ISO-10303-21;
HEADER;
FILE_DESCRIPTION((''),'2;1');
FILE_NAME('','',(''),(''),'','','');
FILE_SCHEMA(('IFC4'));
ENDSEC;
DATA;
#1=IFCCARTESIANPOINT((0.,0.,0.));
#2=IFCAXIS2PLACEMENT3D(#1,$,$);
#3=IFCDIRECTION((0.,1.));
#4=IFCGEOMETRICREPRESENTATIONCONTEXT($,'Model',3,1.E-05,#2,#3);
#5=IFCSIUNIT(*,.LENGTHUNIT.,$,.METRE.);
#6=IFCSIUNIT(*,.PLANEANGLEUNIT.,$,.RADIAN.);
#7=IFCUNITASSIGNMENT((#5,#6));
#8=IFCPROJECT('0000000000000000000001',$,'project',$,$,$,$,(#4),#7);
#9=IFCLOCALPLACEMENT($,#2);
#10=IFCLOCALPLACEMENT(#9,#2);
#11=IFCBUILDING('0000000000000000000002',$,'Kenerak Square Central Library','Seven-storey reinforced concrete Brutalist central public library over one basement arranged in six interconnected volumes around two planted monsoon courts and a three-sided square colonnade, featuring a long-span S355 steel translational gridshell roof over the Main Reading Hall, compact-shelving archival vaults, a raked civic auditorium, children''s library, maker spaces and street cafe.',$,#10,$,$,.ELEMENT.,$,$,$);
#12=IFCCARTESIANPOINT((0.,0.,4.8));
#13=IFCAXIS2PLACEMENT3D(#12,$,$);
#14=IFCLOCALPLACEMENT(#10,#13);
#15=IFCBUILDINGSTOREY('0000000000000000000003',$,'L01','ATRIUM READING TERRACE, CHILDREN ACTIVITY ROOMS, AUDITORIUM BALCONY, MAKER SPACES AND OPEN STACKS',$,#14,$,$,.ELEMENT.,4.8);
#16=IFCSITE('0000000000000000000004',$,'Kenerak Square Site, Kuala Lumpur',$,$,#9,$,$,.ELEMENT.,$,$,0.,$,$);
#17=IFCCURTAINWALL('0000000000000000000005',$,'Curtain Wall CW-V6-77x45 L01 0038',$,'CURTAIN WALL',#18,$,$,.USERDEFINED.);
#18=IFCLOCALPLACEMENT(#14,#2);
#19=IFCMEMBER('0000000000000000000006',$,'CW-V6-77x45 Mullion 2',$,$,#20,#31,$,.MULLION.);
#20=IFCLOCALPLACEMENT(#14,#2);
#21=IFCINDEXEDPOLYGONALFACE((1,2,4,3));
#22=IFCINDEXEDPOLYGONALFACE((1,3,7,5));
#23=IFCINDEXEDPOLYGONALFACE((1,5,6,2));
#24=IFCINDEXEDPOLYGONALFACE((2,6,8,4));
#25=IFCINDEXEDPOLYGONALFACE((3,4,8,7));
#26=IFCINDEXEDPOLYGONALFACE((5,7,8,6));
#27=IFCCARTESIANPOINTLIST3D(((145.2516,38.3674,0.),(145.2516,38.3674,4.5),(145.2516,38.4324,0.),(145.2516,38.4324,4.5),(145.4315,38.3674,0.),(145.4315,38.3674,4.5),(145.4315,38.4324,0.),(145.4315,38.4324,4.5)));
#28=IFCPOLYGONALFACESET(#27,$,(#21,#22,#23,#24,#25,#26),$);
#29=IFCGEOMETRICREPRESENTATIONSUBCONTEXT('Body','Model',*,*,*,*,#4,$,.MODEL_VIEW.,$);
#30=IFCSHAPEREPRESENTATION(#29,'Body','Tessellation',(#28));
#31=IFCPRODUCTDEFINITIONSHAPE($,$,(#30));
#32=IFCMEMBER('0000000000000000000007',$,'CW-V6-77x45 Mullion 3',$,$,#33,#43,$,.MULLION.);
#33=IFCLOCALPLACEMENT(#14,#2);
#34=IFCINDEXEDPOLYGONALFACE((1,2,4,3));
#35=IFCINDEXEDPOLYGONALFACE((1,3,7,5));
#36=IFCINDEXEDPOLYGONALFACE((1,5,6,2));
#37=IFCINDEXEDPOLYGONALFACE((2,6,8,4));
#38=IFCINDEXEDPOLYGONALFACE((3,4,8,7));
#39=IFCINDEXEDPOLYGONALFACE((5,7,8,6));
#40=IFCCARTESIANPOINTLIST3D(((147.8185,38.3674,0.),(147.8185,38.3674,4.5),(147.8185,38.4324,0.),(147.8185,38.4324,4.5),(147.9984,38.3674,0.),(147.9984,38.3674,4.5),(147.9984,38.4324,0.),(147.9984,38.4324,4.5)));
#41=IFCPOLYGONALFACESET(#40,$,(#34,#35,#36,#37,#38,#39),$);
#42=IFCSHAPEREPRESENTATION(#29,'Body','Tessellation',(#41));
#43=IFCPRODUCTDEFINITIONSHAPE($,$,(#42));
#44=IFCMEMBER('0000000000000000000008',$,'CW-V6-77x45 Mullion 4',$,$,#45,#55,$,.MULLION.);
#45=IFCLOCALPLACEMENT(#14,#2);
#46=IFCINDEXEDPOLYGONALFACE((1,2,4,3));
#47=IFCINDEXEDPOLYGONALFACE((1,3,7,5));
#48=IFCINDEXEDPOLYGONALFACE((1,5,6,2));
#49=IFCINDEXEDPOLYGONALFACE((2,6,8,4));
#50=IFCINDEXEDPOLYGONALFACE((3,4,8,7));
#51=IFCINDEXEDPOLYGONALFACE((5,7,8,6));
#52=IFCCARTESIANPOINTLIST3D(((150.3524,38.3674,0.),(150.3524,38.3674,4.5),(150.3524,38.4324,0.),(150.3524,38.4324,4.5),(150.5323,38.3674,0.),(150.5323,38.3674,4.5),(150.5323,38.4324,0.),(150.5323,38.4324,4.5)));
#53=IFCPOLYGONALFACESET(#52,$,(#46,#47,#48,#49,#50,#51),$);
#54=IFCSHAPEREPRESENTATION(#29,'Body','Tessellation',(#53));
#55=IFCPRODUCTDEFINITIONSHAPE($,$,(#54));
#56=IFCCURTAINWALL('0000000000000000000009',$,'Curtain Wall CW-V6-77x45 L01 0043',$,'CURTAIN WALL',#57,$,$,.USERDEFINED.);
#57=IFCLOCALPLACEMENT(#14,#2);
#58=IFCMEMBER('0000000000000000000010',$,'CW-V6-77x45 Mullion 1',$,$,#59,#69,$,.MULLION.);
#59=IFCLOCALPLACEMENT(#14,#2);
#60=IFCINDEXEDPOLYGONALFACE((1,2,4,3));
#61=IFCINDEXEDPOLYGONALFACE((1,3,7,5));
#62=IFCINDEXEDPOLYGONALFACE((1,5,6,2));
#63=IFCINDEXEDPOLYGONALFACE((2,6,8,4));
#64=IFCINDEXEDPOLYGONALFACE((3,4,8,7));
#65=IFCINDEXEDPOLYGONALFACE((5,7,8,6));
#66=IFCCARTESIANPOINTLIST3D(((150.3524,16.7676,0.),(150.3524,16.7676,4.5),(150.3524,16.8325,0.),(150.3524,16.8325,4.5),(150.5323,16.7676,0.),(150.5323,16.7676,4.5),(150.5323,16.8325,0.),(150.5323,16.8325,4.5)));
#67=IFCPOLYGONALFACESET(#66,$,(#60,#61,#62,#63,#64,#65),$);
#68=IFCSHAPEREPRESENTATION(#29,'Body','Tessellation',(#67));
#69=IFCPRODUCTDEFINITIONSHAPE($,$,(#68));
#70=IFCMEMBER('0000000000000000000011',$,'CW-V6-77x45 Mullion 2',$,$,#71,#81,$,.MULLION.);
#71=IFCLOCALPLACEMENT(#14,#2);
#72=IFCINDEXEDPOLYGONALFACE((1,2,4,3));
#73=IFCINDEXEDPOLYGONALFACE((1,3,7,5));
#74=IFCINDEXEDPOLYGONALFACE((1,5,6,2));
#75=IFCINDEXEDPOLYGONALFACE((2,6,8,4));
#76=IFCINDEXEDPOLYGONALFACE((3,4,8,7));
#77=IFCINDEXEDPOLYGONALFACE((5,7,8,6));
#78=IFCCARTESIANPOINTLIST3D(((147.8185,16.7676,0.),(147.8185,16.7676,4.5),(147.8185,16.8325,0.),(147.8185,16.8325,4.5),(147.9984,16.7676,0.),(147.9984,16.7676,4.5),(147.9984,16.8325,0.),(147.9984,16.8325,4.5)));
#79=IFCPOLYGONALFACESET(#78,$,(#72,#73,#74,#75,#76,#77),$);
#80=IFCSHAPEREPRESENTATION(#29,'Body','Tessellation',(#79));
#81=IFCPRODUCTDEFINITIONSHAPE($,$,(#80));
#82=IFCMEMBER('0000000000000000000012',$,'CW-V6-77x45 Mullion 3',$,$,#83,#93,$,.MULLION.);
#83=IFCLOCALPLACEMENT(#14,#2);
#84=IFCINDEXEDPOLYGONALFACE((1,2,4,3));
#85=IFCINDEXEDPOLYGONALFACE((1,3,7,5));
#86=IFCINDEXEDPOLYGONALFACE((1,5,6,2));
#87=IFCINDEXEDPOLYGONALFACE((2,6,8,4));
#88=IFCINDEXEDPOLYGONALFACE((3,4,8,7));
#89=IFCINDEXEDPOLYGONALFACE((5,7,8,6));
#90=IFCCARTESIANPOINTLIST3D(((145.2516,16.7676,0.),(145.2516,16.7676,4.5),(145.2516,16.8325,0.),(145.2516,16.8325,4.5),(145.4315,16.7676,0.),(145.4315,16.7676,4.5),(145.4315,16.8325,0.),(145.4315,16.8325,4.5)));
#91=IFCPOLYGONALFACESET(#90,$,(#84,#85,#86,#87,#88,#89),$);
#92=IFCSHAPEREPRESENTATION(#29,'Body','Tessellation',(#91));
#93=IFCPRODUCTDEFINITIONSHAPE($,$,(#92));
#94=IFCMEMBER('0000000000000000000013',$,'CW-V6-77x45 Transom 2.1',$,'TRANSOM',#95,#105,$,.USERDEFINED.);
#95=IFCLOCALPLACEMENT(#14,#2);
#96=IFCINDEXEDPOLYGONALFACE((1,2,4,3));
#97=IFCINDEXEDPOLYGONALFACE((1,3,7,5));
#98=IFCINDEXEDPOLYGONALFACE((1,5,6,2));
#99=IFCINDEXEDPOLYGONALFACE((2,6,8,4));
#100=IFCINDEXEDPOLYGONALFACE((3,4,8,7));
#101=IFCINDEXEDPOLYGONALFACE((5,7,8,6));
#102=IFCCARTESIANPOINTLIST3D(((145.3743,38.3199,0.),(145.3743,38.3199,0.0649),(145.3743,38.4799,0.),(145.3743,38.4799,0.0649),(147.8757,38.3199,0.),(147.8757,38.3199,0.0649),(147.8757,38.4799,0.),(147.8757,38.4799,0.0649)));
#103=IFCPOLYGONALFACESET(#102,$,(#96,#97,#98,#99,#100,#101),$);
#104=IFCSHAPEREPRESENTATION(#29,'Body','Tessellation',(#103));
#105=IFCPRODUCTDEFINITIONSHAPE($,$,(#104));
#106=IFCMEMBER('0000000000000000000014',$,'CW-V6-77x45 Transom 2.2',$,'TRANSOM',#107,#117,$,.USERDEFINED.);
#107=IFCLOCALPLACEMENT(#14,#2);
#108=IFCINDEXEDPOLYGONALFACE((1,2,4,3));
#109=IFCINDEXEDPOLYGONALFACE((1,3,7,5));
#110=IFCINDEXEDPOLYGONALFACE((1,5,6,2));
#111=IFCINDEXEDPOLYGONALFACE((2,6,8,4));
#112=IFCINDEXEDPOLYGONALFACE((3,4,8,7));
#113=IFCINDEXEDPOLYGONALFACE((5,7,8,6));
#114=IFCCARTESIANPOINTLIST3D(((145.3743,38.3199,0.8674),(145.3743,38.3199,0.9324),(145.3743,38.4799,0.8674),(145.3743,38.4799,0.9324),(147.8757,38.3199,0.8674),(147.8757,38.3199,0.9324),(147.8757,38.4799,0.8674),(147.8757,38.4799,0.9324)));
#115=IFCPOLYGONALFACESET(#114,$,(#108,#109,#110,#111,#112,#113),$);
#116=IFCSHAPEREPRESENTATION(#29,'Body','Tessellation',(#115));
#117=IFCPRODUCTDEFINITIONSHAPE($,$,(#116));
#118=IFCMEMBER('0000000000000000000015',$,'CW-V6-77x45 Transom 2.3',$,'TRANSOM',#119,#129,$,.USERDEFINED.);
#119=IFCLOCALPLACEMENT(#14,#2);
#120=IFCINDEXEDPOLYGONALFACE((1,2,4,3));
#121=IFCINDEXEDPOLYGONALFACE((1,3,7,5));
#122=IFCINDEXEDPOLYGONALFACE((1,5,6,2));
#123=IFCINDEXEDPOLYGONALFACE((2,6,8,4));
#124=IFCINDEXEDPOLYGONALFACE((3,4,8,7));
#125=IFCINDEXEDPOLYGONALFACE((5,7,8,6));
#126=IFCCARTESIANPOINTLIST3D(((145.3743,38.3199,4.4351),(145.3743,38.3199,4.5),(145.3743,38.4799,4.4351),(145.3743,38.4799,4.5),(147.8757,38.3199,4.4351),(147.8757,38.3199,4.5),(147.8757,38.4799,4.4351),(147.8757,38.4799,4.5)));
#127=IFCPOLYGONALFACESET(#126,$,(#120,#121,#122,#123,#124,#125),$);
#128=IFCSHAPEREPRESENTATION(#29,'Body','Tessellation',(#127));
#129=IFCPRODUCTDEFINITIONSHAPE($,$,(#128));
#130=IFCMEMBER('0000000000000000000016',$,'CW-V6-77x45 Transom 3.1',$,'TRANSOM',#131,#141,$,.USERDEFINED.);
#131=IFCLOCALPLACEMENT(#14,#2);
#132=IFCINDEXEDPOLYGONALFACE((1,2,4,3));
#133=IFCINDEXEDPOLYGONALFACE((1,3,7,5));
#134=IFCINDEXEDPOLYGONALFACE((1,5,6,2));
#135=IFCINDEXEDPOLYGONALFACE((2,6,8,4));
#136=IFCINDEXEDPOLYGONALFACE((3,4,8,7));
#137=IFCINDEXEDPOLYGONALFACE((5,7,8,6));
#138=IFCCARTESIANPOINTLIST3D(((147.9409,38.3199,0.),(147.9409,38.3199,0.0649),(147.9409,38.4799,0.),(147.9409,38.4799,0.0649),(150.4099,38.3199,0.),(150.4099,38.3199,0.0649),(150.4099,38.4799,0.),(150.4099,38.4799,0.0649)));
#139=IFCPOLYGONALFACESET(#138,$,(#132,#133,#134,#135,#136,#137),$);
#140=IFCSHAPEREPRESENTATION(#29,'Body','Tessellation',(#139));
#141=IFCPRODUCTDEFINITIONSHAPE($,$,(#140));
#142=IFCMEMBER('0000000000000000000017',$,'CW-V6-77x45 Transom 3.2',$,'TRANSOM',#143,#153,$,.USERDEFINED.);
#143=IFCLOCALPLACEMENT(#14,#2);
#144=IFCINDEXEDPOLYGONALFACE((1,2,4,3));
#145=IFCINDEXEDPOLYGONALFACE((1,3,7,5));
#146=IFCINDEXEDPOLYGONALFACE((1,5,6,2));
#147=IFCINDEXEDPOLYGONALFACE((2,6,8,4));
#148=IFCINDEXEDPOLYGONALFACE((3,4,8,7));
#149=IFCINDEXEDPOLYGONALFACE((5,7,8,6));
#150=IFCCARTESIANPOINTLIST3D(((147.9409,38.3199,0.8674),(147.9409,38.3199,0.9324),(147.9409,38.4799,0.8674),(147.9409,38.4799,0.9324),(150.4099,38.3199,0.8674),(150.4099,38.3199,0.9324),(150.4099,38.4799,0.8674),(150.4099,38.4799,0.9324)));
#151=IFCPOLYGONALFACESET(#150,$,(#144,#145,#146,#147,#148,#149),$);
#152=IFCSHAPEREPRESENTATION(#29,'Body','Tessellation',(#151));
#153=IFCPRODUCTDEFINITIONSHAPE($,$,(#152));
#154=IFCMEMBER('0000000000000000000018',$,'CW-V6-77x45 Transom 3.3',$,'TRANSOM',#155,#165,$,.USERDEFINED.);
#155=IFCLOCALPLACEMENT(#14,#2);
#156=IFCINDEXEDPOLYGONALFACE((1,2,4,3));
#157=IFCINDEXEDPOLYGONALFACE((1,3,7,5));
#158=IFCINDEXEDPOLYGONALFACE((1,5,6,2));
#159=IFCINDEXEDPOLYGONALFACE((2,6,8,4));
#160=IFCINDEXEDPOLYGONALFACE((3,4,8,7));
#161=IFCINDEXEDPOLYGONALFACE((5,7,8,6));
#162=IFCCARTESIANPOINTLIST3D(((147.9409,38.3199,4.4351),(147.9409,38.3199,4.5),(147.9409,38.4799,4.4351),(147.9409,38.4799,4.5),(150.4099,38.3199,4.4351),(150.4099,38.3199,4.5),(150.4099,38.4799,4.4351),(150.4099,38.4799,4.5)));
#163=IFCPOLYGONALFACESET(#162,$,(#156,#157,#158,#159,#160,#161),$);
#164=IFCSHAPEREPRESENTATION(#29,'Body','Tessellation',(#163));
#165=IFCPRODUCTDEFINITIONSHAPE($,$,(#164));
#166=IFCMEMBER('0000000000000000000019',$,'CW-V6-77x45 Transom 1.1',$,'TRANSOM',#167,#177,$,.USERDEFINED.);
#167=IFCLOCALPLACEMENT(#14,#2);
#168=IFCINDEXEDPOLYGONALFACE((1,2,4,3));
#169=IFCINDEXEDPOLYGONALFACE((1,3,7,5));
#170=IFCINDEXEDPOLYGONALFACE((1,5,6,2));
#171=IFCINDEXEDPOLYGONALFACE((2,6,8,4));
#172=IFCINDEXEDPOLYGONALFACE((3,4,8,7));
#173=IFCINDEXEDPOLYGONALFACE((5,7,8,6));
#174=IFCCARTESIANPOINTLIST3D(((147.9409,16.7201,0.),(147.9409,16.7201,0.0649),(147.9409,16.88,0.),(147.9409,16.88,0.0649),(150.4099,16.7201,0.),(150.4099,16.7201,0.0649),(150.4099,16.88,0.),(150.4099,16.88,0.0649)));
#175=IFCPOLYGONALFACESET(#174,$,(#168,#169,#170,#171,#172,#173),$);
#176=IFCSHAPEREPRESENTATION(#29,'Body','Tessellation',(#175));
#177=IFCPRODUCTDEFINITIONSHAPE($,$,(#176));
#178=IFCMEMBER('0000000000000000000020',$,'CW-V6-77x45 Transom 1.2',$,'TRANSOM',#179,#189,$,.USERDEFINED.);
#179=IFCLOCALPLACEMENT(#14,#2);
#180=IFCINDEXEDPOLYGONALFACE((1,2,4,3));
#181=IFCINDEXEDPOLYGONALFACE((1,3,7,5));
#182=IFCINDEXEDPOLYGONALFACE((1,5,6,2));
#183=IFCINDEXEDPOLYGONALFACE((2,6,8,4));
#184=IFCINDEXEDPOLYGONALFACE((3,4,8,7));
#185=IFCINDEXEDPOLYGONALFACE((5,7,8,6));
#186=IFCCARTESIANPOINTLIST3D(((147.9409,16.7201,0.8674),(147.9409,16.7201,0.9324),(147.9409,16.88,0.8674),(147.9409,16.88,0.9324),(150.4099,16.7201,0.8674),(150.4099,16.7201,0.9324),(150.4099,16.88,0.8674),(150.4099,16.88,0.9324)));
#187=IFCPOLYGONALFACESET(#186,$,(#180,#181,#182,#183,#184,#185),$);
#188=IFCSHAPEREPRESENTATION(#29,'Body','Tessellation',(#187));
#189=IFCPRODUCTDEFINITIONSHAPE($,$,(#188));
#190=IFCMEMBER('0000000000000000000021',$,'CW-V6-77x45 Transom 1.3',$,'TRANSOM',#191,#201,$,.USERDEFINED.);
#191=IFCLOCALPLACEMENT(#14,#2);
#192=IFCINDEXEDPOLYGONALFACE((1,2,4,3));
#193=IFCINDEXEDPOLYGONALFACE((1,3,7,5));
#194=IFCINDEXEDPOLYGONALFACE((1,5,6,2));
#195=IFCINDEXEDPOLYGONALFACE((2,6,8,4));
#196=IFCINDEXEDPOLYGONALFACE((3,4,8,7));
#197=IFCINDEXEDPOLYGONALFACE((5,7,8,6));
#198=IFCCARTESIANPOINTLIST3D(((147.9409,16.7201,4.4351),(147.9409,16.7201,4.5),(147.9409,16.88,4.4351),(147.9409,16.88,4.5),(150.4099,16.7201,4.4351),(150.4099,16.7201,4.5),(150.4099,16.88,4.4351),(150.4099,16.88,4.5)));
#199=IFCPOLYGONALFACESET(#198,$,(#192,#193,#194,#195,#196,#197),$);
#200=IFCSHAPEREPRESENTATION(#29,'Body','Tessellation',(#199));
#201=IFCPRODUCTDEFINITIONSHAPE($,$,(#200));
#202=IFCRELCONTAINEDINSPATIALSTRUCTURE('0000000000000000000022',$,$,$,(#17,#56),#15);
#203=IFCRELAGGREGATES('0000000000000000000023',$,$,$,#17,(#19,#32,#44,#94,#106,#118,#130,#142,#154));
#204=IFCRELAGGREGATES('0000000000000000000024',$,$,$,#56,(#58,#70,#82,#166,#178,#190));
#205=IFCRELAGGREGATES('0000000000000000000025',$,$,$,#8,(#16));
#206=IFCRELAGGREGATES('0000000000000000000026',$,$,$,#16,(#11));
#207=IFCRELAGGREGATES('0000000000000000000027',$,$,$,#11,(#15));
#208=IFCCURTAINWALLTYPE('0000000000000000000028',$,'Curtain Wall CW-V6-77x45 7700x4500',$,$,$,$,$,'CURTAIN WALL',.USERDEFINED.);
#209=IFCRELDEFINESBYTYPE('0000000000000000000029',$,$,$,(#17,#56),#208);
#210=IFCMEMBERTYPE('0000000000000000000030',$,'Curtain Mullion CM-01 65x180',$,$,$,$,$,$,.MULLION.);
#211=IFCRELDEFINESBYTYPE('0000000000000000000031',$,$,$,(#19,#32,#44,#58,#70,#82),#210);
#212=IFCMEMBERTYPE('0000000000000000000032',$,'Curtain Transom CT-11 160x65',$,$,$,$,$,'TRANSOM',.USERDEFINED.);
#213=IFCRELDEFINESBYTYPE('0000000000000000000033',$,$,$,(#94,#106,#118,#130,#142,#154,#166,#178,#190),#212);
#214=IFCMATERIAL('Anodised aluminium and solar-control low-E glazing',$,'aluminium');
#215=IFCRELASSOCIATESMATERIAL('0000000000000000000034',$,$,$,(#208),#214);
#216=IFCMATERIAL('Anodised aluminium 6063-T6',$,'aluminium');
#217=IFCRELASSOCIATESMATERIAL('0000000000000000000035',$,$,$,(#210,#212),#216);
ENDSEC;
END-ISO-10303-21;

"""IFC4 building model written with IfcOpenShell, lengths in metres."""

from ifc_helpers import new_model, si_unit, direction, frame, origin, origin_2d, place, context, subcontext, project, spatial, rectangle, extrude, material, material_profile, profile_set, type_object, element, aggregate, save


model = new_model("IFC4")

# Units and contexts
model_context = context("Model", 3, precision=1e-05, world=origin(), true_north=direction((0.0, 1.0)))
body_context = subcontext(model_context, "Body", "Model", "MODEL_VIEW")
ifc_project = project(units=[si_unit("LENGTHUNIT", "METRE"), si_unit("PLANEANGLEUNIT", "RADIAN")], contexts=[model_context])

# Site, building, storey
site_placement = place(None, origin())
site = spatial("IfcSite", under=ifc_project, at=site_placement, Name="Kenerak Square Site, Kuala Lumpur", CompositionType="ELEMENT", RefElevation=0.0)
building_placement = place(site_placement, origin())
building = spatial("IfcBuilding", under=site, at=building_placement, Name="Kenerak Square Central Library", Description="Seven-storey reinforced concrete Brutalist central public library over one basement arranged in six interconnected volumes around two planted monsoon courts and a three-sided square colonnade, featuring a long-span S355 steel translational gridshell roof over the Main Reading Hall, compact-shelving archival vaults, a raked civic auditorium, children's library, maker spaces and street cafe.", CompositionType="ELEMENT")
storey_placement = place(building_placement, frame((0.0, 0.0, 4.8)))
storey = spatial("IfcBuildingStorey", under=building, at=storey_placement, Name="L01", Description="ATRIUM READING TERRACE, CHILDREN ACTIVITY ROOMS, AUDITORIUM BALCONY, MAKER SPACES AND OPEN STACKS", CompositionType="ELEMENT", Elevation=4.8)

# Curtain walls, members
ifc_material_1 = material(Name="Anodised aluminium and solar-control low-E glazing", Category="aluminium")
curtain_wall_type = type_object("IfcCurtainWallType", Name="Curtain Wall CW-V6-77x45 7700x4500", ElementType="CURTAIN WALL", PredefinedType="USERDEFINED", material=ifc_material_1)
curtain_wall_1_placement = place(storey_placement, origin())
curtain_wall_1 = element("IfcCurtainWall", 1, at=curtain_wall_1_placement, inside=storey, type_object=curtain_wall_type, Name="Curtain Wall CW-V6-77x45 L01 0038", ObjectType="CURTAIN WALL", PredefinedType="USERDEFINED")
ifc_material_2 = material(Name="Anodised aluminium 6063-T6", Category="aluminium")
ifc_material_profile_1 = material_profile(ifc_material_2, rectangle(XDim=0.0649, YDim=0.1799, at=origin_2d()), Name="AL MULLION 65x180")
ifc_profile_set_1 = profile_set([ifc_material_profile_1], Name="Anodised aluminium 6063-T6")
member_type_1 = type_object("IfcMemberType", Name="Curtain Mullion CM-01 65x180", PredefinedType="MULLION", material=ifc_profile_set_1)
member_1_placement = place(storey_placement, frame((145.3416, 38.3999, 0.0), z_axis=(0.0, 0.0, 1.0), x_axis=(0.0, 1.0, 0.0)))
member_1 = element("IfcMember", 2, at=member_1_placement, type_object=member_type_1, Name="CW-V6-77x45 Mullion 2", PredefinedType="MULLION", context=body_context, shape_type="SweptSolid", body=[
    extrude(rectangle(XDim=0.0649, YDim=0.1799, at=origin_2d()), origin(), (0.0, 0.0, 1.0), 4.5),
])
member_2_placement = place(storey_placement, frame((147.9084, 38.3999, 0.0), z_axis=(0.0, 0.0, 1.0), x_axis=(0.0, 1.0, 0.0)))
member_2 = element("IfcMember", 3, at=member_2_placement, type_object=member_type_1, Name="CW-V6-77x45 Mullion 3", PredefinedType="MULLION", context=body_context, shape_type="SweptSolid", body=[
    extrude(rectangle(XDim=0.0649, YDim=0.1799, at=origin_2d()), origin(), (0.0, 0.0, 1.0), 4.5),
])
member_3_placement = place(storey_placement, frame((150.4424, 38.3999, 0.0), z_axis=(0.0, 0.0, 1.0), x_axis=(0.0, 1.0, 0.0)))
member_3 = element("IfcMember", 4, at=member_3_placement, type_object=member_type_1, Name="CW-V6-77x45 Mullion 4", PredefinedType="MULLION", context=body_context, shape_type="SweptSolid", body=[
    extrude(rectangle(XDim=0.0649, YDim=0.1799, at=origin_2d()), origin(), (0.0, 0.0, 1.0), 4.5),
])
curtain_wall_2_placement = place(storey_placement, origin())
curtain_wall_2 = element("IfcCurtainWall", 5, at=curtain_wall_2_placement, inside=storey, type_object=curtain_wall_type, Name="Curtain Wall CW-V6-77x45 L01 0043", ObjectType="CURTAIN WALL", PredefinedType="USERDEFINED")
member_4_placement = place(storey_placement, frame((150.4424, 16.8, 0.0), z_axis=(0.0, 0.0, 1.0), x_axis=(0.0, -1.0, 0.0)))
member_4 = element("IfcMember", 6, at=member_4_placement, type_object=member_type_1, Name="CW-V6-77x45 Mullion 1", PredefinedType="MULLION", context=body_context, shape_type="SweptSolid", body=[
    extrude(rectangle(XDim=0.0649, YDim=0.1799, at=origin_2d()), origin(), (0.0, 0.0, 1.0), 4.5),
])
member_5_placement = place(storey_placement, frame((147.9084, 16.8, 0.0), z_axis=(0.0, 0.0, 1.0), x_axis=(0.0, -1.0, 0.0)))
member_5 = element("IfcMember", 7, at=member_5_placement, type_object=member_type_1, Name="CW-V6-77x45 Mullion 2", PredefinedType="MULLION", context=body_context, shape_type="SweptSolid", body=[
    extrude(rectangle(XDim=0.0649, YDim=0.1799, at=origin_2d()), origin(), (0.0, 0.0, 1.0), 4.5),
])
member_6_placement = place(storey_placement, frame((145.3416, 16.8, 0.0), z_axis=(0.0, 0.0, 1.0), x_axis=(0.0, -1.0, 0.0)))
member_6 = element("IfcMember", 8, at=member_6_placement, type_object=member_type_1, Name="CW-V6-77x45 Mullion 3", PredefinedType="MULLION", context=body_context, shape_type="SweptSolid", body=[
    extrude(rectangle(XDim=0.0649, YDim=0.1799, at=origin_2d()), origin(), (0.0, 0.0, 1.0), 4.5),
])

# Members
ifc_material_profile_2 = material_profile(ifc_material_2, rectangle(XDim=0.1599, YDim=0.0649, at=origin_2d()), Name="AL TRANSOM 160x65")
ifc_profile_set_2 = profile_set([ifc_material_profile_2], Name="Anodised aluminium 6063-T6")
member_type_2 = type_object("IfcMemberType", Name="Curtain Transom CT-11 160x65", ElementType="TRANSOM", PredefinedType="USERDEFINED", material=ifc_profile_set_2)
member_7_placement = place(storey_placement, frame((145.3743, 38.3999, 0.0325), z_axis=(1.0, 0.0, 0.0), x_axis=(0.0, 1.0, 0.0)))
member_7 = element("IfcMember", 9, at=member_7_placement, type_object=member_type_2, Name="CW-V6-77x45 Transom 2.1", ObjectType="TRANSOM", PredefinedType="USERDEFINED", context=body_context, shape_type="SweptSolid", body=[
    extrude(rectangle(XDim=0.1599, YDim=0.0649, at=origin_2d()), origin(), (0.0, 0.0, 1.0), 2.5015),
])
member_8_placement = place(storey_placement, frame((145.3743, 38.3999, 0.8999), z_axis=(1.0, 0.0, 0.0), x_axis=(0.0, 1.0, 0.0)))
member_8 = element("IfcMember", 10, at=member_8_placement, type_object=member_type_2, Name="CW-V6-77x45 Transom 2.2", ObjectType="TRANSOM", PredefinedType="USERDEFINED", context=body_context, shape_type="SweptSolid", body=[
    extrude(rectangle(XDim=0.1599, YDim=0.0649, at=origin_2d()), origin(), (0.0, 0.0, 1.0), 2.5015),
])
member_9_placement = place(storey_placement, frame((145.3743, 38.3999, 4.4675), z_axis=(1.0, 0.0, 0.0), x_axis=(0.0, 1.0, 0.0)))
member_9 = element("IfcMember", 11, at=member_9_placement, type_object=member_type_2, Name="CW-V6-77x45 Transom 2.3", ObjectType="TRANSOM", PredefinedType="USERDEFINED", context=body_context, shape_type="SweptSolid", body=[
    extrude(rectangle(XDim=0.1599, YDim=0.0649, at=origin_2d()), origin(), (0.0, 0.0, 1.0), 2.5015),
])
member_10_placement = place(storey_placement, frame((147.9409, 38.3999, 0.0325), z_axis=(1.0, 0.0, 0.0), x_axis=(0.0, 1.0, 0.0)))
member_10 = element("IfcMember", 12, at=member_10_placement, type_object=member_type_2, Name="CW-V6-77x45 Transom 3.1", ObjectType="TRANSOM", PredefinedType="USERDEFINED", context=body_context, shape_type="SweptSolid", body=[
    extrude(rectangle(XDim=0.1599, YDim=0.0649, at=origin_2d()), origin(), (0.0, 0.0, 1.0), 2.469),
])
member_11_placement = place(storey_placement, frame((147.9409, 38.3999, 0.8999), z_axis=(1.0, 0.0, 0.0), x_axis=(0.0, 1.0, 0.0)))
member_11 = element("IfcMember", 13, at=member_11_placement, type_object=member_type_2, Name="CW-V6-77x45 Transom 3.2", ObjectType="TRANSOM", PredefinedType="USERDEFINED", context=body_context, shape_type="SweptSolid", body=[
    extrude(rectangle(XDim=0.1599, YDim=0.0649, at=origin_2d()), origin(), (0.0, 0.0, 1.0), 2.469),
])
member_12_placement = place(storey_placement, frame((147.9409, 38.3999, 4.4675), z_axis=(1.0, 0.0, 0.0), x_axis=(0.0, 1.0, 0.0)))
member_12 = element("IfcMember", 14, at=member_12_placement, type_object=member_type_2, Name="CW-V6-77x45 Transom 3.3", ObjectType="TRANSOM", PredefinedType="USERDEFINED", context=body_context, shape_type="SweptSolid", body=[
    extrude(rectangle(XDim=0.1599, YDim=0.0649, at=origin_2d()), origin(), (0.0, 0.0, 1.0), 2.469),
])
member_13_placement = place(storey_placement, frame((150.4099, 16.8, 0.0325), z_axis=(-1.0, 0.0, 0.0), x_axis=(0.0, -1.0, 0.0)))
member_13 = element("IfcMember", 15, at=member_13_placement, type_object=member_type_2, Name="CW-V6-77x45 Transom 1.1", ObjectType="TRANSOM", PredefinedType="USERDEFINED", context=body_context, shape_type="SweptSolid", body=[
    extrude(rectangle(XDim=0.1599, YDim=0.0649, at=origin_2d()), origin(), (0.0, 0.0, 1.0), 2.469),
])
member_14_placement = place(storey_placement, frame((150.4099, 16.8, 0.8999), z_axis=(-1.0, 0.0, 0.0), x_axis=(0.0, -1.0, 0.0)))
member_14 = element("IfcMember", 16, at=member_14_placement, type_object=member_type_2, Name="CW-V6-77x45 Transom 1.2", ObjectType="TRANSOM", PredefinedType="USERDEFINED", context=body_context, shape_type="SweptSolid", body=[
    extrude(rectangle(XDim=0.1599, YDim=0.0649, at=origin_2d()), origin(), (0.0, 0.0, 1.0), 2.469),
])
member_15_placement = place(storey_placement, frame((150.4099, 16.8, 4.4675), z_axis=(-1.0, 0.0, 0.0), x_axis=(0.0, -1.0, 0.0)))
member_15 = element("IfcMember", 17, at=member_15_placement, type_object=member_type_2, Name="CW-V6-77x45 Transom 1.3", ObjectType="TRANSOM", PredefinedType="USERDEFINED", context=body_context, shape_type="SweptSolid", body=[
    extrude(rectangle(XDim=0.1599, YDim=0.0649, at=origin_2d()), origin(), (0.0, 0.0, 1.0), 2.469),
])

aggregate(curtain_wall_1, [member_1, member_2, member_3, member_7, member_8, member_9, member_10, member_11, member_12])
aggregate(curtain_wall_2, [member_4, member_5, member_6, member_13, member_14, member_15])

save(model, "model.ifc")
